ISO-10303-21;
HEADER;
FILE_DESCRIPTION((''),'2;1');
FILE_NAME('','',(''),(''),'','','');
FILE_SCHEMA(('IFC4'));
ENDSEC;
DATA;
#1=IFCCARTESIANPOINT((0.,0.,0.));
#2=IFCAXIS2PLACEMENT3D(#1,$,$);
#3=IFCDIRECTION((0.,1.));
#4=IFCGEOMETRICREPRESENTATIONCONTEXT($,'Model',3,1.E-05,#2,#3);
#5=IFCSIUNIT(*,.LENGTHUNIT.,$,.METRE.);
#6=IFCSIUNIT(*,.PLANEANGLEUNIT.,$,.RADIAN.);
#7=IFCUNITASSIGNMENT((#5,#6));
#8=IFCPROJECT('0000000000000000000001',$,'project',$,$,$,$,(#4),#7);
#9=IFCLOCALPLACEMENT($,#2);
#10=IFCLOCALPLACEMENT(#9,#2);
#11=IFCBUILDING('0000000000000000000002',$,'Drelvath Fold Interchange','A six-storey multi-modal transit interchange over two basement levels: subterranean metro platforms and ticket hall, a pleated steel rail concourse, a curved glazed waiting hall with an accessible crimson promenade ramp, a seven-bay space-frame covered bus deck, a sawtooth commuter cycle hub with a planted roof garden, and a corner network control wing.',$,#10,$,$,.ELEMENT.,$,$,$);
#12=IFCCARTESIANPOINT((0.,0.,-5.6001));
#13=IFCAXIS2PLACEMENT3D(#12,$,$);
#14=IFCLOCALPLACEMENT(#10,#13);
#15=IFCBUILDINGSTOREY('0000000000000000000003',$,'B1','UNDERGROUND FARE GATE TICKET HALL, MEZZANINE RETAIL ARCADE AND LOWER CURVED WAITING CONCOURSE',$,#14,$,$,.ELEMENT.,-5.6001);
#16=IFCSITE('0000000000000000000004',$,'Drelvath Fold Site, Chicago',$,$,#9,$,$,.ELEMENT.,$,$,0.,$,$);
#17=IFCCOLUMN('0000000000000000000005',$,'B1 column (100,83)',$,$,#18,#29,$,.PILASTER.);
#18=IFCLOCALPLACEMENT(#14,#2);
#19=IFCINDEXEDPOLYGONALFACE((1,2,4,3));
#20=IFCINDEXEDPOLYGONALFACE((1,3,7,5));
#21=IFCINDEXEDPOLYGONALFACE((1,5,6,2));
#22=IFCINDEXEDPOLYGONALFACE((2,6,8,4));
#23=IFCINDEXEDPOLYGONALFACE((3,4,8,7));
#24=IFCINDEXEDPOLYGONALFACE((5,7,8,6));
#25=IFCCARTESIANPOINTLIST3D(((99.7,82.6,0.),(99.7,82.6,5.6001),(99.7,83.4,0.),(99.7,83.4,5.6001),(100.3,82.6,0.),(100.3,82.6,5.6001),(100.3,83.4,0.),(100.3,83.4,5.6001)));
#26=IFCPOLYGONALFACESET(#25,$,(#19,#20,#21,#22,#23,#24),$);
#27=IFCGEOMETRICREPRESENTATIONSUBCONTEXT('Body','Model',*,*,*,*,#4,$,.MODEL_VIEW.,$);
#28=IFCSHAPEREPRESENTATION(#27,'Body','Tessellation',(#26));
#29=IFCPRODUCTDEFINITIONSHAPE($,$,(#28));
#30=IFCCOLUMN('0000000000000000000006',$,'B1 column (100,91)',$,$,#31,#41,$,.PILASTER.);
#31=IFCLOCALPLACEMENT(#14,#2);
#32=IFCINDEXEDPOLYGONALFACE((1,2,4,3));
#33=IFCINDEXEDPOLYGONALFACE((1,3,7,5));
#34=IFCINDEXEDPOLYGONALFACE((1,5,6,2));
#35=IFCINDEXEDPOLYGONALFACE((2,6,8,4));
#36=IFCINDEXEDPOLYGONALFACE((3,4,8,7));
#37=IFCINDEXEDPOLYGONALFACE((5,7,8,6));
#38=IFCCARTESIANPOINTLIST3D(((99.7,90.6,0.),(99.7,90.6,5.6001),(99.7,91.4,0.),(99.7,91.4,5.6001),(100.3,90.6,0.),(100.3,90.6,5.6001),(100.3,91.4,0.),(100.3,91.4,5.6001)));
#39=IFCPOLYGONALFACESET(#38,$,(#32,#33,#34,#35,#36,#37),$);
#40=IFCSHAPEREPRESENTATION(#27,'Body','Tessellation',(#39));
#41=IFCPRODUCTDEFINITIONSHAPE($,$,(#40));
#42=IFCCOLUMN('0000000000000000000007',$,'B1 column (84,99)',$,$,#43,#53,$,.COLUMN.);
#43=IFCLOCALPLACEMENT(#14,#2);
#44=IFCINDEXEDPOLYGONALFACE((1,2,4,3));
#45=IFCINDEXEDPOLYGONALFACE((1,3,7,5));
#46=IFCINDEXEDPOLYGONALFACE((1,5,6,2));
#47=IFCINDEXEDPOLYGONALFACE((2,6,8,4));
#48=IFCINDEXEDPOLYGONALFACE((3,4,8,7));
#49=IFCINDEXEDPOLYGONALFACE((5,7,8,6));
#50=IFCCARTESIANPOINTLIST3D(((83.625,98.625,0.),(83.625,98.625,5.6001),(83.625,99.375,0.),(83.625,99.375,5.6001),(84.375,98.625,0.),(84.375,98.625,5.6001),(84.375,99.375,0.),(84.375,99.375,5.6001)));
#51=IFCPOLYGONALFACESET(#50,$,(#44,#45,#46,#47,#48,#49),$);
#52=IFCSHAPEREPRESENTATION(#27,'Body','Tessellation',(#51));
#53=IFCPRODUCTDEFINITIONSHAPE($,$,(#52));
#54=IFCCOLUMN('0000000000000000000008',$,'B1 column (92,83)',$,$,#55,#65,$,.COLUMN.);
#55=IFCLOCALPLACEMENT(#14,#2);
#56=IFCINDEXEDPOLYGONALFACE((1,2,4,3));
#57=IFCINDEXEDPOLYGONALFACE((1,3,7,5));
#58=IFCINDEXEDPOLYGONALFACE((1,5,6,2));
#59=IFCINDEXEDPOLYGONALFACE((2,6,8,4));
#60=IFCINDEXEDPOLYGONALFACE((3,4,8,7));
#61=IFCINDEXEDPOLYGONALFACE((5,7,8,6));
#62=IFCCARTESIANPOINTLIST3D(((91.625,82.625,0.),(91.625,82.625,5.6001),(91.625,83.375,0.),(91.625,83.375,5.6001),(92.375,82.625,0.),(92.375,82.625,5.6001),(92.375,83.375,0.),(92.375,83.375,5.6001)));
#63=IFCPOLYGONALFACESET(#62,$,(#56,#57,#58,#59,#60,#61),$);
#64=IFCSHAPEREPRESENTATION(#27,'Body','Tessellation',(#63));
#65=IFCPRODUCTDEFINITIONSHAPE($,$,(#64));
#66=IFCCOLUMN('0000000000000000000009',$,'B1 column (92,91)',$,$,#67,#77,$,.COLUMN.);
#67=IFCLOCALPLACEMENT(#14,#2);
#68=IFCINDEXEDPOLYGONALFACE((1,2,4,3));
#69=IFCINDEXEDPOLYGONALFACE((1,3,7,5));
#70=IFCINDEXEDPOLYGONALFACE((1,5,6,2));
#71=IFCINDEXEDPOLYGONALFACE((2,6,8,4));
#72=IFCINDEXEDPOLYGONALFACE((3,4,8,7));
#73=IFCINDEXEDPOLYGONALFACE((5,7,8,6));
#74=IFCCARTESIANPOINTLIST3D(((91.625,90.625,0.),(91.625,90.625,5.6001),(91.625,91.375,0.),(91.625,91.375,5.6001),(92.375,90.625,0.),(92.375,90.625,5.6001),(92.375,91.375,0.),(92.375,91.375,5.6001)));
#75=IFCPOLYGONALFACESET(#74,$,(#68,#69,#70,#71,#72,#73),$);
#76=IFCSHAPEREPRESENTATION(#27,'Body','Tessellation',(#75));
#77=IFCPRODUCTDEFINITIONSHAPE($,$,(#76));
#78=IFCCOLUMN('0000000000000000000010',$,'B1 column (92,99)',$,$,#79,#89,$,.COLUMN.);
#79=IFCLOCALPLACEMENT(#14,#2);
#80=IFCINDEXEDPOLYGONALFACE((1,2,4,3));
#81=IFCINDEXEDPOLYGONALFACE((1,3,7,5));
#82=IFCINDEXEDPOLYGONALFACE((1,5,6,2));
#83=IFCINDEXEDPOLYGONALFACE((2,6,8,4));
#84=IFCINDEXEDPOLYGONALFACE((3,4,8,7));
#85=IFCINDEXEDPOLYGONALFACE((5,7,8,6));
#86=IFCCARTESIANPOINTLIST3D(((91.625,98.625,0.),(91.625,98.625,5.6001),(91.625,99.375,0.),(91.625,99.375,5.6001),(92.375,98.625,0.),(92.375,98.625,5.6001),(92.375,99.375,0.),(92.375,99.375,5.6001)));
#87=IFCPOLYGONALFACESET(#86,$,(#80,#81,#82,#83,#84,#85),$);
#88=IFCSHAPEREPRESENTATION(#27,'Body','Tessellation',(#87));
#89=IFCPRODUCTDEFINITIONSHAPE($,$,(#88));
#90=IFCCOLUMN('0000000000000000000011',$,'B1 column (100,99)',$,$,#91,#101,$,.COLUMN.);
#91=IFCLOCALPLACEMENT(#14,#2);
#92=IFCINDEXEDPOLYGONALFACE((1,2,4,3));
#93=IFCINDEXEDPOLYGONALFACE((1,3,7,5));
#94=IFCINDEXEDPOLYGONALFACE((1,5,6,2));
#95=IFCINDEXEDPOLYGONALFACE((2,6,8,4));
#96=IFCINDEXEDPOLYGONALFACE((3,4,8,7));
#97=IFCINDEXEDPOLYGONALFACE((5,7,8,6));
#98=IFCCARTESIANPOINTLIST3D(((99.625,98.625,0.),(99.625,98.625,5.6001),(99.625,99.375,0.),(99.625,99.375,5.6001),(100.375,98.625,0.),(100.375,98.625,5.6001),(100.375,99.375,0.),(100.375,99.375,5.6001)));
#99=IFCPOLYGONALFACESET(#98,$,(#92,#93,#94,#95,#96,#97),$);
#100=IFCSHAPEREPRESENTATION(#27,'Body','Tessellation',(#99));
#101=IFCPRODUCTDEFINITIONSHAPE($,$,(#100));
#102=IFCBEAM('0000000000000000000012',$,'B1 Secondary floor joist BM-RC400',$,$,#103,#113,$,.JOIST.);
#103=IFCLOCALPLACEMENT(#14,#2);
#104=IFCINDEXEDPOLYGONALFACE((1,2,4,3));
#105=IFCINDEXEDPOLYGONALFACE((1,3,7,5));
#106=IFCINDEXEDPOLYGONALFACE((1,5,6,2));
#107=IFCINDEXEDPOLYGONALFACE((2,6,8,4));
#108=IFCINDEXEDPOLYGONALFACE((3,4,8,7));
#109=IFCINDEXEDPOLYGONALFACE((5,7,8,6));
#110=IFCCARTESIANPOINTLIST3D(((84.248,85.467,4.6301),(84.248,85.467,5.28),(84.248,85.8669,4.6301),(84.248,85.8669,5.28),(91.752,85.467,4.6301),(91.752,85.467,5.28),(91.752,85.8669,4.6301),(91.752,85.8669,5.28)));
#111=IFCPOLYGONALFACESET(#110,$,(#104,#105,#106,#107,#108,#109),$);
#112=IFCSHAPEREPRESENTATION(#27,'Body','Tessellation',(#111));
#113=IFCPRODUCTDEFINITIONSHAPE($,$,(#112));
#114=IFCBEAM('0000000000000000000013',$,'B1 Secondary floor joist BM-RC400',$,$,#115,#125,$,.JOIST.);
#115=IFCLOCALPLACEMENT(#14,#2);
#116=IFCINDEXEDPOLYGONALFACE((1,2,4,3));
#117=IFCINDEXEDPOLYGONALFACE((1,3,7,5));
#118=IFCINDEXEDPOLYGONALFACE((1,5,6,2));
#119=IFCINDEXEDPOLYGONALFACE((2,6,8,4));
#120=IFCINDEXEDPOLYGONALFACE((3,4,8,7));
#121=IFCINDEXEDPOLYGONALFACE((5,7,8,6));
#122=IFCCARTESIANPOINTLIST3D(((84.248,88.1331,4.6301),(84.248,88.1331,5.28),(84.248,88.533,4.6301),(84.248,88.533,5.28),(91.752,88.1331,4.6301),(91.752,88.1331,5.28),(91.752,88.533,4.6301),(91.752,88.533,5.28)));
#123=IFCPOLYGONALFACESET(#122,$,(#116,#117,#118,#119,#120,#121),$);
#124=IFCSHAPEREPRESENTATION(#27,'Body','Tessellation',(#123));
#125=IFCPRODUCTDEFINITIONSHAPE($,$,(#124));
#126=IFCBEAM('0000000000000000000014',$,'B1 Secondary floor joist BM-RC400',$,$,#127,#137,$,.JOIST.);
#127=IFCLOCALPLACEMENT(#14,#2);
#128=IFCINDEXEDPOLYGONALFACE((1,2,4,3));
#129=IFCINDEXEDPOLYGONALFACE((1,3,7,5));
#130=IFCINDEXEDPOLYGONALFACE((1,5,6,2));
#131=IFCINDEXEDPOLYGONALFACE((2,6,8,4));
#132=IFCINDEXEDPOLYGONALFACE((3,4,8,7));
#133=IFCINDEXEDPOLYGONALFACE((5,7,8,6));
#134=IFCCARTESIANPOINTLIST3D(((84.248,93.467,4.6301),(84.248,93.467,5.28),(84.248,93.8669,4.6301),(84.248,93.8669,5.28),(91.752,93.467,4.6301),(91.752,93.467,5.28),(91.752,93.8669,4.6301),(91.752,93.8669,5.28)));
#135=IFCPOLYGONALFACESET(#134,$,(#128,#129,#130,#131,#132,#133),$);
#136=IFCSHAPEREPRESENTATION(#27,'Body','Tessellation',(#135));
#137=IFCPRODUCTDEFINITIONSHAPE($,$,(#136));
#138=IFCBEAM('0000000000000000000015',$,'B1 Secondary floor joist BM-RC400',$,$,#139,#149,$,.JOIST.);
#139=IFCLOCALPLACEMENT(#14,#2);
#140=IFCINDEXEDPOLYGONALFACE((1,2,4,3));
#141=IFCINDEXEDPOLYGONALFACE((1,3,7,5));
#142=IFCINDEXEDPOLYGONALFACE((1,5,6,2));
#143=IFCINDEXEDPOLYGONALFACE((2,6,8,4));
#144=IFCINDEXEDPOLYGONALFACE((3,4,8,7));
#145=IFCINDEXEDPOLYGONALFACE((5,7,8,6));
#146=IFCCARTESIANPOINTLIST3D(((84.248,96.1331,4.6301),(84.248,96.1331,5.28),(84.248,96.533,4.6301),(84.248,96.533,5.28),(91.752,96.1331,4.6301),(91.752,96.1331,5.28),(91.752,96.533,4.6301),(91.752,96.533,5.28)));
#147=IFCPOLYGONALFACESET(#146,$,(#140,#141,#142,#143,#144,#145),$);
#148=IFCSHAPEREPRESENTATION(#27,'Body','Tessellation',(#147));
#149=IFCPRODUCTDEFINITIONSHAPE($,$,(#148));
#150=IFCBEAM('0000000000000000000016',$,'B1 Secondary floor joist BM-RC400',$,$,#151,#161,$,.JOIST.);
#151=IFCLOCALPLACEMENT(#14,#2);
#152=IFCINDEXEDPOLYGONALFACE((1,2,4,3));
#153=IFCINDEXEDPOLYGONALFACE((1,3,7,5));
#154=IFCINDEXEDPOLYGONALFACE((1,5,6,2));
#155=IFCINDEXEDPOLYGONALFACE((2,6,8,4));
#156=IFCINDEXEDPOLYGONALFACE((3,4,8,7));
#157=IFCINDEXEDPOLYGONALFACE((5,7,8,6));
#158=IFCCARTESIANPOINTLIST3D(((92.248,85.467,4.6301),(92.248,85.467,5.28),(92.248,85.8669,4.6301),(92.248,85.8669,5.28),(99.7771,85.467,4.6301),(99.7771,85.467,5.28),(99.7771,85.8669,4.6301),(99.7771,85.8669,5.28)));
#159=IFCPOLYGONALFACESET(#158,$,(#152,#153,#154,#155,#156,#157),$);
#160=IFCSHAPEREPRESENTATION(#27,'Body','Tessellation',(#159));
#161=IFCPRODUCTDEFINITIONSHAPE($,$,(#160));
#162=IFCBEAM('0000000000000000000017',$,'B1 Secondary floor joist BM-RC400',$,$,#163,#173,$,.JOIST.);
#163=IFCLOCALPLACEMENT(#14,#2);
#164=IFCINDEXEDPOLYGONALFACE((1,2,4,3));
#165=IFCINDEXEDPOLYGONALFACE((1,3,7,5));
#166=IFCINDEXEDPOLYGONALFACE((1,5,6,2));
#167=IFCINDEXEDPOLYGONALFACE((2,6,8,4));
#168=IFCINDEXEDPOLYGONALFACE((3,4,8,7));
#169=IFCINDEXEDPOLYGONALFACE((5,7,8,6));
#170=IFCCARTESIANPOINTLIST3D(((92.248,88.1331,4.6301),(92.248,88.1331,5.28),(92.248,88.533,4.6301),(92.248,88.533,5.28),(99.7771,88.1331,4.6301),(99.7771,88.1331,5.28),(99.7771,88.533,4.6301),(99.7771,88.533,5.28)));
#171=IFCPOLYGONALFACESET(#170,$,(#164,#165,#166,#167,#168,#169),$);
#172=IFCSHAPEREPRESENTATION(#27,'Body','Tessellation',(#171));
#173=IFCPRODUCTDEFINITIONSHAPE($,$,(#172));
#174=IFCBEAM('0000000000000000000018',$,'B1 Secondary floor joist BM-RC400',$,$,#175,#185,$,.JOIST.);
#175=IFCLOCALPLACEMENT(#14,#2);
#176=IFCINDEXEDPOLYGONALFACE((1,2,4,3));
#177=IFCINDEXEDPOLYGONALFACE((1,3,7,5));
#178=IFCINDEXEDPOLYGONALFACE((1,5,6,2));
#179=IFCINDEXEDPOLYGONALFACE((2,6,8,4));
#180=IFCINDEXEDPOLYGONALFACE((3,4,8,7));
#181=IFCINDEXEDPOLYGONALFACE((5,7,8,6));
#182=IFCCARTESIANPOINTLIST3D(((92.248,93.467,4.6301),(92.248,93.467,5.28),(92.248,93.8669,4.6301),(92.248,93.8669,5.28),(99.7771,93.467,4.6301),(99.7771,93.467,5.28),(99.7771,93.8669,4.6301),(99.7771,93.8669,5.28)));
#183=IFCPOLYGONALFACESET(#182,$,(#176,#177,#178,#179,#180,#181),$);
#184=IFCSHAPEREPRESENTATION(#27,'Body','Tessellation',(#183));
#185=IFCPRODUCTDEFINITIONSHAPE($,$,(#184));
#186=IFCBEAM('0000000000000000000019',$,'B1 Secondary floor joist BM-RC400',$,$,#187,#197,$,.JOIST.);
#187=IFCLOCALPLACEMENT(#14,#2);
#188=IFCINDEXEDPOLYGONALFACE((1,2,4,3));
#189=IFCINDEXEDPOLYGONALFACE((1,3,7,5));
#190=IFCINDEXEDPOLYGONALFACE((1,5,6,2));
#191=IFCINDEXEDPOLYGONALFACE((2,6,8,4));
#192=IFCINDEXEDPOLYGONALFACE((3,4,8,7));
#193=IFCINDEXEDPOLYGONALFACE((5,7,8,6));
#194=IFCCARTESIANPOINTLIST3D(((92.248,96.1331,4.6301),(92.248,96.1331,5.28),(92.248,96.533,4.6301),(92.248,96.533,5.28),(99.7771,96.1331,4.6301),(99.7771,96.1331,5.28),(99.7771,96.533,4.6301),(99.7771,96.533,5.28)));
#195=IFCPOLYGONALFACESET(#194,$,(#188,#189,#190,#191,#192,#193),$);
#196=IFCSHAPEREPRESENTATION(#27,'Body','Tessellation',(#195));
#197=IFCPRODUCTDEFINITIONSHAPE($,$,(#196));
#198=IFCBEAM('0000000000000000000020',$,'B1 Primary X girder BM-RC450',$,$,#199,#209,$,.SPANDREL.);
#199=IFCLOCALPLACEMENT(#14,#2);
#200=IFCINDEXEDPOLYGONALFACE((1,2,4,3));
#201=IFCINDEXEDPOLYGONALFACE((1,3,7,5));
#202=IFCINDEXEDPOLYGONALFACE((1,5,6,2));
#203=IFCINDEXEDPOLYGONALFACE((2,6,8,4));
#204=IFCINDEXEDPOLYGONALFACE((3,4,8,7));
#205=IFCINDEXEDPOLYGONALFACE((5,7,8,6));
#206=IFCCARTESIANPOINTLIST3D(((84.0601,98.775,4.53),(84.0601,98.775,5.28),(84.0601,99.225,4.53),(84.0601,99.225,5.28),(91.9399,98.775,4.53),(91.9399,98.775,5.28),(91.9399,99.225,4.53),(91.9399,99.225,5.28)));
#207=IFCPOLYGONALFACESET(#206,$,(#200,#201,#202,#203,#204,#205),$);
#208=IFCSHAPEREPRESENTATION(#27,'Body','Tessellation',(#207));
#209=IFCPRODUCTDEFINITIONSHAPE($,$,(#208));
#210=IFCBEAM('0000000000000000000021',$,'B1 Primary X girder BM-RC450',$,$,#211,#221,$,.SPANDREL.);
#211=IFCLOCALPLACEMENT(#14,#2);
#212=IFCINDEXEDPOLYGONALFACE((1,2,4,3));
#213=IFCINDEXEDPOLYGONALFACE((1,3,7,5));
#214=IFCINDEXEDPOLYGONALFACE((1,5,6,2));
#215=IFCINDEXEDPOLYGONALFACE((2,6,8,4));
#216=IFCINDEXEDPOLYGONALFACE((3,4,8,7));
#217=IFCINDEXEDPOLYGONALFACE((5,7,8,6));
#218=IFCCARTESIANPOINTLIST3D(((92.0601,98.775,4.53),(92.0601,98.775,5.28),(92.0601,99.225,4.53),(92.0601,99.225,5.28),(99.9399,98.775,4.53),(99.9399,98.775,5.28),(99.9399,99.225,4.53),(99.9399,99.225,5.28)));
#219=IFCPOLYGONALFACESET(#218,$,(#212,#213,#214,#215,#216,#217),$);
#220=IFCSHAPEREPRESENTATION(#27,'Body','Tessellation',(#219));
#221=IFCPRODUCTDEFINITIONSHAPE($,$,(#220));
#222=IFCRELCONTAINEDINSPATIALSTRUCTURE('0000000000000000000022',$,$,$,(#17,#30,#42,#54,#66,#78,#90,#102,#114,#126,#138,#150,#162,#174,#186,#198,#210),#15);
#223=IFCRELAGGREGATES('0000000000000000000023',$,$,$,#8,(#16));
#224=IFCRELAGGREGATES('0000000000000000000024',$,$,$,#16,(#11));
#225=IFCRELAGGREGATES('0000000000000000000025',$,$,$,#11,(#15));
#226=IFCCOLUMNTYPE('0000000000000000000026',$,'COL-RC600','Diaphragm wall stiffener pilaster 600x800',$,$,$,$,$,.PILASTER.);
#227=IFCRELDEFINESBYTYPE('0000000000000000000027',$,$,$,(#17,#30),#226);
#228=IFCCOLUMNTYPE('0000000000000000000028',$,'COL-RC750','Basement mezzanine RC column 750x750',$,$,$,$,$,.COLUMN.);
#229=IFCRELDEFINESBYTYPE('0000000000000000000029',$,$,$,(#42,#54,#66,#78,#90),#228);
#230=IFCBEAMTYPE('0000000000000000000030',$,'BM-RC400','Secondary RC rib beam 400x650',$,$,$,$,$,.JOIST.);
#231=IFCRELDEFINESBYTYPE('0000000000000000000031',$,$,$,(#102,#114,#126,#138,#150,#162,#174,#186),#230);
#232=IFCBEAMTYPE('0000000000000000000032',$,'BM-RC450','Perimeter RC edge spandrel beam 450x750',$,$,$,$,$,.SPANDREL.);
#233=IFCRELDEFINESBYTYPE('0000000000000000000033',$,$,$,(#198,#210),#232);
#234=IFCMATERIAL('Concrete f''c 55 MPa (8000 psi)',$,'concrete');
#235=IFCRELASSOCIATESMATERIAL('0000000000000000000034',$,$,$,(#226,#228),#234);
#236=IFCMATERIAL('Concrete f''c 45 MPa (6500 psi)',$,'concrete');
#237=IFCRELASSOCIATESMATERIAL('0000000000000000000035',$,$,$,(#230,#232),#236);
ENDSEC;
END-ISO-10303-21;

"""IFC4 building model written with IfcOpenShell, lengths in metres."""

from ifc_helpers import new_model, si_unit, direction, frame, origin, origin_2d, place, context, subcontext, project, spatial, rectangle, extrude, material, material_profile, profile_set, type_object, element, save


model = new_model("IFC4")

# Units and contexts
model_context = context("Model", 3, precision=1e-05, world=origin(), true_north=direction((0.0, 1.0)))
body_context = subcontext(model_context, "Body", "Model", "MODEL_VIEW")
ifc_project = project(units=[si_unit("LENGTHUNIT", "METRE"), si_unit("PLANEANGLEUNIT", "RADIAN")], contexts=[model_context])

# Site, building, storey
site_placement = place(None, origin())
site = spatial("IfcSite", under=ifc_project, at=site_placement, Name="Drelvath Fold Site, Chicago", CompositionType="ELEMENT", RefElevation=0.0)
building_placement = place(site_placement, origin())
building = spatial("IfcBuilding", under=site, at=building_placement, Name="Drelvath Fold Interchange", Description="A six-storey multi-modal transit interchange over two basement levels: subterranean metro platforms and ticket hall, a pleated steel rail concourse, a curved glazed waiting hall with an accessible crimson promenade ramp, a seven-bay space-frame covered bus deck, a sawtooth commuter cycle hub with a planted roof garden, and a corner network control wing.", CompositionType="ELEMENT")
storey_placement = place(building_placement, frame((0.0, 0.0, -5.6001)))
storey = spatial("IfcBuildingStorey", under=building, at=storey_placement, Name="B1", Description="UNDERGROUND FARE GATE TICKET HALL, MEZZANINE RETAIL ARCADE AND LOWER CURVED WAITING CONCOURSE", CompositionType="ELEMENT", Elevation=-5.6001)

# Columns
ifc_material_1 = material(Name="Concrete f'c 55 MPa (8000 psi)", Category="concrete")
ifc_material_profile_1 = material_profile(ifc_material_1, rectangle(XDim=0.6001, YDim=0.8, at=origin_2d()), Name="RC 600x800")
ifc_profile_set_1 = profile_set([ifc_material_profile_1], Name="Concrete f'c 55 MPa (8000 psi)")
column_type_1 = type_object("IfcColumnType", Name="COL-RC600", Description="Diaphragm wall stiffener pilaster 600x800", PredefinedType="PILASTER", material=ifc_profile_set_1)
for number, where, z_axis, x_axis, name in (
    (1, (100.0, 83.0, 0.0), (0.0, 0.0, 1.0), (1.0, 0.0, 0.0), "B1 column (100,83)"),
    (2, (100.0, 91.0, 0.0), (0.0, 0.0, 1.0), (1.0, 0.0, 0.0), "B1 column (100,91)"),
):
    element("IfcColumn", number, at=place(storey_placement, frame(where, z_axis=z_axis, x_axis=x_axis)), inside=storey, type_object=column_type_1, Name=name, PredefinedType="PILASTER", context=body_context, shape_type="SweptSolid", body=[
        extrude(rectangle(XDim=0.6001, YDim=0.8, at=origin_2d()), origin(), (0.0, 0.0, 1.0), 5.6001),
    ])
ifc_material_profile_2 = material_profile(ifc_material_1, rectangle(XDim=0.75, YDim=0.75, at=origin_2d()), Name="RC 750x750")
ifc_profile_set_2 = profile_set([ifc_material_profile_2], Name="Concrete f'c 55 MPa (8000 psi)")
column_type_2 = type_object("IfcColumnType", Name="COL-RC750", Description="Basement mezzanine RC column 750x750", PredefinedType="COLUMN", material=ifc_profile_set_2)
for number, where, z_axis, x_axis, name in (
    (3, (84.0, 99.0, 0.0), (0.0, 0.0, 1.0), (1.0, 0.0, 0.0), "B1 column (84,99)"),
    (4, (92.0, 83.0, 0.0), (0.0, 0.0, 1.0), (1.0, 0.0, 0.0), "B1 column (92,83)"),
    (5, (92.0, 91.0, 0.0), (0.0, 0.0, 1.0), (1.0, 0.0, 0.0), "B1 column (92,91)"),
    (6, (92.0, 99.0, 0.0), (0.0, 0.0, 1.0), (1.0, 0.0, 0.0), "B1 column (92,99)"),
    (7, (100.0, 99.0, 0.0), (0.0, 0.0, 1.0), (1.0, 0.0, 0.0), "B1 column (100,99)"),
):
    element("IfcColumn", number, at=place(storey_placement, frame(where, z_axis=z_axis, x_axis=x_axis)), inside=storey, type_object=column_type_2, Name=name, PredefinedType="COLUMN", context=body_context, shape_type="SweptSolid", body=[
        extrude(rectangle(XDim=0.75, YDim=0.75, at=origin_2d()), origin(), (0.0, 0.0, 1.0), 5.6001),
    ])

# Beams
ifc_material_2 = material(Name="Concrete f'c 45 MPa (6500 psi)", Category="concrete")
ifc_material_profile_3 = material_profile(ifc_material_2, rectangle(XDim=0.3999, YDim=0.6499, at=origin_2d()), Name="RC 400x650")
ifc_profile_set_3 = profile_set([ifc_material_profile_3], Name="Concrete f'c 45 MPa (6500 psi)")
beam_type_1 = type_object("IfcBeamType", Name="BM-RC400", Description="Secondary RC rib beam 400x650", PredefinedType="JOIST", material=ifc_profile_set_3)
for number, where, z_axis, x_axis, name in (
    (8, (84.248, 85.667, 4.9551), (1.0, 0.0, 0.0), (0.0, 1.0, 0.0), "B1 Secondary floor joist BM-RC400"),
    (9, (84.248, 88.333, 4.9551), (1.0, 0.0, 0.0), (0.0, 1.0, 0.0), "B1 Secondary floor joist BM-RC400"),
    (10, (84.248, 93.667, 4.9551), (1.0, 0.0, 0.0), (0.0, 1.0, 0.0), "B1 Secondary floor joist BM-RC400"),
    (11, (84.248, 96.333, 4.9551), (1.0, 0.0, 0.0), (0.0, 1.0, 0.0), "B1 Secondary floor joist BM-RC400"),
):
    element("IfcBeam", number, at=place(storey_placement, frame(where, z_axis=z_axis, x_axis=x_axis)), inside=storey, type_object=beam_type_1, Name=name, PredefinedType="JOIST", context=body_context, shape_type="SweptSolid", body=[
        extrude(rectangle(XDim=0.3999, YDim=0.6499, at=origin_2d()), origin(), (0.0, 0.0, 1.0), 7.5039),
    ])
for number, where, z_axis, x_axis, name in (
    (12, (92.248, 85.667, 4.9551), (1.0, 0.0, 0.0), (0.0, 1.0, 0.0), "B1 Secondary floor joist BM-RC400"),
    (13, (92.248, 88.333, 4.9551), (1.0, 0.0, 0.0), (0.0, 1.0, 0.0), "B1 Secondary floor joist BM-RC400"),
    (14, (92.248, 93.667, 4.9551), (1.0, 0.0, 0.0), (0.0, 1.0, 0.0), "B1 Secondary floor joist BM-RC400"),
    (15, (92.248, 96.333, 4.9551), (1.0, 0.0, 0.0), (0.0, 1.0, 0.0), "B1 Secondary floor joist BM-RC400"),
):
    element("IfcBeam", number, at=place(storey_placement, frame(where, z_axis=z_axis, x_axis=x_axis)), inside=storey, type_object=beam_type_1, Name=name, PredefinedType="JOIST", context=body_context, shape_type="SweptSolid", body=[
        extrude(rectangle(XDim=0.3999, YDim=0.6499, at=origin_2d()), origin(), (0.0, 0.0, 1.0), 7.5291),
    ])
ifc_material_profile_4 = material_profile(ifc_material_2, rectangle(XDim=0.45, YDim=0.75, at=origin_2d()), Name="RC 450x750")
ifc_profile_set_4 = profile_set([ifc_material_profile_4], Name="Concrete f'c 45 MPa (6500 psi)")
beam_type_2 = type_object("IfcBeamType", Name="BM-RC450", Description="Perimeter RC edge spandrel beam 450x750", PredefinedType="SPANDREL", material=ifc_profile_set_4)
for number, where, z_axis, x_axis, name in (
    (16, (84.0601, 99.0, 4.905), (1.0, 0.0, 0.0), (0.0, 1.0, 0.0), "B1 Primary X girder BM-RC450"),
    (17, (92.0601, 99.0, 4.905), (1.0, 0.0, 0.0), (0.0, 1.0, 0.0), "B1 Primary X girder BM-RC450"),
):
    element("IfcBeam", number, at=place(storey_placement, frame(where, z_axis=z_axis, x_axis=x_axis)), inside=storey, type_object=beam_type_2, Name=name, PredefinedType="SPANDREL", context=body_context, shape_type="SweptSolid", body=[
        extrude(rectangle(XDim=0.45, YDim=0.75, at=origin_2d()), origin(), (0.0, 0.0, 1.0), 7.8799),
    ])

save(model, "model.ifc")
